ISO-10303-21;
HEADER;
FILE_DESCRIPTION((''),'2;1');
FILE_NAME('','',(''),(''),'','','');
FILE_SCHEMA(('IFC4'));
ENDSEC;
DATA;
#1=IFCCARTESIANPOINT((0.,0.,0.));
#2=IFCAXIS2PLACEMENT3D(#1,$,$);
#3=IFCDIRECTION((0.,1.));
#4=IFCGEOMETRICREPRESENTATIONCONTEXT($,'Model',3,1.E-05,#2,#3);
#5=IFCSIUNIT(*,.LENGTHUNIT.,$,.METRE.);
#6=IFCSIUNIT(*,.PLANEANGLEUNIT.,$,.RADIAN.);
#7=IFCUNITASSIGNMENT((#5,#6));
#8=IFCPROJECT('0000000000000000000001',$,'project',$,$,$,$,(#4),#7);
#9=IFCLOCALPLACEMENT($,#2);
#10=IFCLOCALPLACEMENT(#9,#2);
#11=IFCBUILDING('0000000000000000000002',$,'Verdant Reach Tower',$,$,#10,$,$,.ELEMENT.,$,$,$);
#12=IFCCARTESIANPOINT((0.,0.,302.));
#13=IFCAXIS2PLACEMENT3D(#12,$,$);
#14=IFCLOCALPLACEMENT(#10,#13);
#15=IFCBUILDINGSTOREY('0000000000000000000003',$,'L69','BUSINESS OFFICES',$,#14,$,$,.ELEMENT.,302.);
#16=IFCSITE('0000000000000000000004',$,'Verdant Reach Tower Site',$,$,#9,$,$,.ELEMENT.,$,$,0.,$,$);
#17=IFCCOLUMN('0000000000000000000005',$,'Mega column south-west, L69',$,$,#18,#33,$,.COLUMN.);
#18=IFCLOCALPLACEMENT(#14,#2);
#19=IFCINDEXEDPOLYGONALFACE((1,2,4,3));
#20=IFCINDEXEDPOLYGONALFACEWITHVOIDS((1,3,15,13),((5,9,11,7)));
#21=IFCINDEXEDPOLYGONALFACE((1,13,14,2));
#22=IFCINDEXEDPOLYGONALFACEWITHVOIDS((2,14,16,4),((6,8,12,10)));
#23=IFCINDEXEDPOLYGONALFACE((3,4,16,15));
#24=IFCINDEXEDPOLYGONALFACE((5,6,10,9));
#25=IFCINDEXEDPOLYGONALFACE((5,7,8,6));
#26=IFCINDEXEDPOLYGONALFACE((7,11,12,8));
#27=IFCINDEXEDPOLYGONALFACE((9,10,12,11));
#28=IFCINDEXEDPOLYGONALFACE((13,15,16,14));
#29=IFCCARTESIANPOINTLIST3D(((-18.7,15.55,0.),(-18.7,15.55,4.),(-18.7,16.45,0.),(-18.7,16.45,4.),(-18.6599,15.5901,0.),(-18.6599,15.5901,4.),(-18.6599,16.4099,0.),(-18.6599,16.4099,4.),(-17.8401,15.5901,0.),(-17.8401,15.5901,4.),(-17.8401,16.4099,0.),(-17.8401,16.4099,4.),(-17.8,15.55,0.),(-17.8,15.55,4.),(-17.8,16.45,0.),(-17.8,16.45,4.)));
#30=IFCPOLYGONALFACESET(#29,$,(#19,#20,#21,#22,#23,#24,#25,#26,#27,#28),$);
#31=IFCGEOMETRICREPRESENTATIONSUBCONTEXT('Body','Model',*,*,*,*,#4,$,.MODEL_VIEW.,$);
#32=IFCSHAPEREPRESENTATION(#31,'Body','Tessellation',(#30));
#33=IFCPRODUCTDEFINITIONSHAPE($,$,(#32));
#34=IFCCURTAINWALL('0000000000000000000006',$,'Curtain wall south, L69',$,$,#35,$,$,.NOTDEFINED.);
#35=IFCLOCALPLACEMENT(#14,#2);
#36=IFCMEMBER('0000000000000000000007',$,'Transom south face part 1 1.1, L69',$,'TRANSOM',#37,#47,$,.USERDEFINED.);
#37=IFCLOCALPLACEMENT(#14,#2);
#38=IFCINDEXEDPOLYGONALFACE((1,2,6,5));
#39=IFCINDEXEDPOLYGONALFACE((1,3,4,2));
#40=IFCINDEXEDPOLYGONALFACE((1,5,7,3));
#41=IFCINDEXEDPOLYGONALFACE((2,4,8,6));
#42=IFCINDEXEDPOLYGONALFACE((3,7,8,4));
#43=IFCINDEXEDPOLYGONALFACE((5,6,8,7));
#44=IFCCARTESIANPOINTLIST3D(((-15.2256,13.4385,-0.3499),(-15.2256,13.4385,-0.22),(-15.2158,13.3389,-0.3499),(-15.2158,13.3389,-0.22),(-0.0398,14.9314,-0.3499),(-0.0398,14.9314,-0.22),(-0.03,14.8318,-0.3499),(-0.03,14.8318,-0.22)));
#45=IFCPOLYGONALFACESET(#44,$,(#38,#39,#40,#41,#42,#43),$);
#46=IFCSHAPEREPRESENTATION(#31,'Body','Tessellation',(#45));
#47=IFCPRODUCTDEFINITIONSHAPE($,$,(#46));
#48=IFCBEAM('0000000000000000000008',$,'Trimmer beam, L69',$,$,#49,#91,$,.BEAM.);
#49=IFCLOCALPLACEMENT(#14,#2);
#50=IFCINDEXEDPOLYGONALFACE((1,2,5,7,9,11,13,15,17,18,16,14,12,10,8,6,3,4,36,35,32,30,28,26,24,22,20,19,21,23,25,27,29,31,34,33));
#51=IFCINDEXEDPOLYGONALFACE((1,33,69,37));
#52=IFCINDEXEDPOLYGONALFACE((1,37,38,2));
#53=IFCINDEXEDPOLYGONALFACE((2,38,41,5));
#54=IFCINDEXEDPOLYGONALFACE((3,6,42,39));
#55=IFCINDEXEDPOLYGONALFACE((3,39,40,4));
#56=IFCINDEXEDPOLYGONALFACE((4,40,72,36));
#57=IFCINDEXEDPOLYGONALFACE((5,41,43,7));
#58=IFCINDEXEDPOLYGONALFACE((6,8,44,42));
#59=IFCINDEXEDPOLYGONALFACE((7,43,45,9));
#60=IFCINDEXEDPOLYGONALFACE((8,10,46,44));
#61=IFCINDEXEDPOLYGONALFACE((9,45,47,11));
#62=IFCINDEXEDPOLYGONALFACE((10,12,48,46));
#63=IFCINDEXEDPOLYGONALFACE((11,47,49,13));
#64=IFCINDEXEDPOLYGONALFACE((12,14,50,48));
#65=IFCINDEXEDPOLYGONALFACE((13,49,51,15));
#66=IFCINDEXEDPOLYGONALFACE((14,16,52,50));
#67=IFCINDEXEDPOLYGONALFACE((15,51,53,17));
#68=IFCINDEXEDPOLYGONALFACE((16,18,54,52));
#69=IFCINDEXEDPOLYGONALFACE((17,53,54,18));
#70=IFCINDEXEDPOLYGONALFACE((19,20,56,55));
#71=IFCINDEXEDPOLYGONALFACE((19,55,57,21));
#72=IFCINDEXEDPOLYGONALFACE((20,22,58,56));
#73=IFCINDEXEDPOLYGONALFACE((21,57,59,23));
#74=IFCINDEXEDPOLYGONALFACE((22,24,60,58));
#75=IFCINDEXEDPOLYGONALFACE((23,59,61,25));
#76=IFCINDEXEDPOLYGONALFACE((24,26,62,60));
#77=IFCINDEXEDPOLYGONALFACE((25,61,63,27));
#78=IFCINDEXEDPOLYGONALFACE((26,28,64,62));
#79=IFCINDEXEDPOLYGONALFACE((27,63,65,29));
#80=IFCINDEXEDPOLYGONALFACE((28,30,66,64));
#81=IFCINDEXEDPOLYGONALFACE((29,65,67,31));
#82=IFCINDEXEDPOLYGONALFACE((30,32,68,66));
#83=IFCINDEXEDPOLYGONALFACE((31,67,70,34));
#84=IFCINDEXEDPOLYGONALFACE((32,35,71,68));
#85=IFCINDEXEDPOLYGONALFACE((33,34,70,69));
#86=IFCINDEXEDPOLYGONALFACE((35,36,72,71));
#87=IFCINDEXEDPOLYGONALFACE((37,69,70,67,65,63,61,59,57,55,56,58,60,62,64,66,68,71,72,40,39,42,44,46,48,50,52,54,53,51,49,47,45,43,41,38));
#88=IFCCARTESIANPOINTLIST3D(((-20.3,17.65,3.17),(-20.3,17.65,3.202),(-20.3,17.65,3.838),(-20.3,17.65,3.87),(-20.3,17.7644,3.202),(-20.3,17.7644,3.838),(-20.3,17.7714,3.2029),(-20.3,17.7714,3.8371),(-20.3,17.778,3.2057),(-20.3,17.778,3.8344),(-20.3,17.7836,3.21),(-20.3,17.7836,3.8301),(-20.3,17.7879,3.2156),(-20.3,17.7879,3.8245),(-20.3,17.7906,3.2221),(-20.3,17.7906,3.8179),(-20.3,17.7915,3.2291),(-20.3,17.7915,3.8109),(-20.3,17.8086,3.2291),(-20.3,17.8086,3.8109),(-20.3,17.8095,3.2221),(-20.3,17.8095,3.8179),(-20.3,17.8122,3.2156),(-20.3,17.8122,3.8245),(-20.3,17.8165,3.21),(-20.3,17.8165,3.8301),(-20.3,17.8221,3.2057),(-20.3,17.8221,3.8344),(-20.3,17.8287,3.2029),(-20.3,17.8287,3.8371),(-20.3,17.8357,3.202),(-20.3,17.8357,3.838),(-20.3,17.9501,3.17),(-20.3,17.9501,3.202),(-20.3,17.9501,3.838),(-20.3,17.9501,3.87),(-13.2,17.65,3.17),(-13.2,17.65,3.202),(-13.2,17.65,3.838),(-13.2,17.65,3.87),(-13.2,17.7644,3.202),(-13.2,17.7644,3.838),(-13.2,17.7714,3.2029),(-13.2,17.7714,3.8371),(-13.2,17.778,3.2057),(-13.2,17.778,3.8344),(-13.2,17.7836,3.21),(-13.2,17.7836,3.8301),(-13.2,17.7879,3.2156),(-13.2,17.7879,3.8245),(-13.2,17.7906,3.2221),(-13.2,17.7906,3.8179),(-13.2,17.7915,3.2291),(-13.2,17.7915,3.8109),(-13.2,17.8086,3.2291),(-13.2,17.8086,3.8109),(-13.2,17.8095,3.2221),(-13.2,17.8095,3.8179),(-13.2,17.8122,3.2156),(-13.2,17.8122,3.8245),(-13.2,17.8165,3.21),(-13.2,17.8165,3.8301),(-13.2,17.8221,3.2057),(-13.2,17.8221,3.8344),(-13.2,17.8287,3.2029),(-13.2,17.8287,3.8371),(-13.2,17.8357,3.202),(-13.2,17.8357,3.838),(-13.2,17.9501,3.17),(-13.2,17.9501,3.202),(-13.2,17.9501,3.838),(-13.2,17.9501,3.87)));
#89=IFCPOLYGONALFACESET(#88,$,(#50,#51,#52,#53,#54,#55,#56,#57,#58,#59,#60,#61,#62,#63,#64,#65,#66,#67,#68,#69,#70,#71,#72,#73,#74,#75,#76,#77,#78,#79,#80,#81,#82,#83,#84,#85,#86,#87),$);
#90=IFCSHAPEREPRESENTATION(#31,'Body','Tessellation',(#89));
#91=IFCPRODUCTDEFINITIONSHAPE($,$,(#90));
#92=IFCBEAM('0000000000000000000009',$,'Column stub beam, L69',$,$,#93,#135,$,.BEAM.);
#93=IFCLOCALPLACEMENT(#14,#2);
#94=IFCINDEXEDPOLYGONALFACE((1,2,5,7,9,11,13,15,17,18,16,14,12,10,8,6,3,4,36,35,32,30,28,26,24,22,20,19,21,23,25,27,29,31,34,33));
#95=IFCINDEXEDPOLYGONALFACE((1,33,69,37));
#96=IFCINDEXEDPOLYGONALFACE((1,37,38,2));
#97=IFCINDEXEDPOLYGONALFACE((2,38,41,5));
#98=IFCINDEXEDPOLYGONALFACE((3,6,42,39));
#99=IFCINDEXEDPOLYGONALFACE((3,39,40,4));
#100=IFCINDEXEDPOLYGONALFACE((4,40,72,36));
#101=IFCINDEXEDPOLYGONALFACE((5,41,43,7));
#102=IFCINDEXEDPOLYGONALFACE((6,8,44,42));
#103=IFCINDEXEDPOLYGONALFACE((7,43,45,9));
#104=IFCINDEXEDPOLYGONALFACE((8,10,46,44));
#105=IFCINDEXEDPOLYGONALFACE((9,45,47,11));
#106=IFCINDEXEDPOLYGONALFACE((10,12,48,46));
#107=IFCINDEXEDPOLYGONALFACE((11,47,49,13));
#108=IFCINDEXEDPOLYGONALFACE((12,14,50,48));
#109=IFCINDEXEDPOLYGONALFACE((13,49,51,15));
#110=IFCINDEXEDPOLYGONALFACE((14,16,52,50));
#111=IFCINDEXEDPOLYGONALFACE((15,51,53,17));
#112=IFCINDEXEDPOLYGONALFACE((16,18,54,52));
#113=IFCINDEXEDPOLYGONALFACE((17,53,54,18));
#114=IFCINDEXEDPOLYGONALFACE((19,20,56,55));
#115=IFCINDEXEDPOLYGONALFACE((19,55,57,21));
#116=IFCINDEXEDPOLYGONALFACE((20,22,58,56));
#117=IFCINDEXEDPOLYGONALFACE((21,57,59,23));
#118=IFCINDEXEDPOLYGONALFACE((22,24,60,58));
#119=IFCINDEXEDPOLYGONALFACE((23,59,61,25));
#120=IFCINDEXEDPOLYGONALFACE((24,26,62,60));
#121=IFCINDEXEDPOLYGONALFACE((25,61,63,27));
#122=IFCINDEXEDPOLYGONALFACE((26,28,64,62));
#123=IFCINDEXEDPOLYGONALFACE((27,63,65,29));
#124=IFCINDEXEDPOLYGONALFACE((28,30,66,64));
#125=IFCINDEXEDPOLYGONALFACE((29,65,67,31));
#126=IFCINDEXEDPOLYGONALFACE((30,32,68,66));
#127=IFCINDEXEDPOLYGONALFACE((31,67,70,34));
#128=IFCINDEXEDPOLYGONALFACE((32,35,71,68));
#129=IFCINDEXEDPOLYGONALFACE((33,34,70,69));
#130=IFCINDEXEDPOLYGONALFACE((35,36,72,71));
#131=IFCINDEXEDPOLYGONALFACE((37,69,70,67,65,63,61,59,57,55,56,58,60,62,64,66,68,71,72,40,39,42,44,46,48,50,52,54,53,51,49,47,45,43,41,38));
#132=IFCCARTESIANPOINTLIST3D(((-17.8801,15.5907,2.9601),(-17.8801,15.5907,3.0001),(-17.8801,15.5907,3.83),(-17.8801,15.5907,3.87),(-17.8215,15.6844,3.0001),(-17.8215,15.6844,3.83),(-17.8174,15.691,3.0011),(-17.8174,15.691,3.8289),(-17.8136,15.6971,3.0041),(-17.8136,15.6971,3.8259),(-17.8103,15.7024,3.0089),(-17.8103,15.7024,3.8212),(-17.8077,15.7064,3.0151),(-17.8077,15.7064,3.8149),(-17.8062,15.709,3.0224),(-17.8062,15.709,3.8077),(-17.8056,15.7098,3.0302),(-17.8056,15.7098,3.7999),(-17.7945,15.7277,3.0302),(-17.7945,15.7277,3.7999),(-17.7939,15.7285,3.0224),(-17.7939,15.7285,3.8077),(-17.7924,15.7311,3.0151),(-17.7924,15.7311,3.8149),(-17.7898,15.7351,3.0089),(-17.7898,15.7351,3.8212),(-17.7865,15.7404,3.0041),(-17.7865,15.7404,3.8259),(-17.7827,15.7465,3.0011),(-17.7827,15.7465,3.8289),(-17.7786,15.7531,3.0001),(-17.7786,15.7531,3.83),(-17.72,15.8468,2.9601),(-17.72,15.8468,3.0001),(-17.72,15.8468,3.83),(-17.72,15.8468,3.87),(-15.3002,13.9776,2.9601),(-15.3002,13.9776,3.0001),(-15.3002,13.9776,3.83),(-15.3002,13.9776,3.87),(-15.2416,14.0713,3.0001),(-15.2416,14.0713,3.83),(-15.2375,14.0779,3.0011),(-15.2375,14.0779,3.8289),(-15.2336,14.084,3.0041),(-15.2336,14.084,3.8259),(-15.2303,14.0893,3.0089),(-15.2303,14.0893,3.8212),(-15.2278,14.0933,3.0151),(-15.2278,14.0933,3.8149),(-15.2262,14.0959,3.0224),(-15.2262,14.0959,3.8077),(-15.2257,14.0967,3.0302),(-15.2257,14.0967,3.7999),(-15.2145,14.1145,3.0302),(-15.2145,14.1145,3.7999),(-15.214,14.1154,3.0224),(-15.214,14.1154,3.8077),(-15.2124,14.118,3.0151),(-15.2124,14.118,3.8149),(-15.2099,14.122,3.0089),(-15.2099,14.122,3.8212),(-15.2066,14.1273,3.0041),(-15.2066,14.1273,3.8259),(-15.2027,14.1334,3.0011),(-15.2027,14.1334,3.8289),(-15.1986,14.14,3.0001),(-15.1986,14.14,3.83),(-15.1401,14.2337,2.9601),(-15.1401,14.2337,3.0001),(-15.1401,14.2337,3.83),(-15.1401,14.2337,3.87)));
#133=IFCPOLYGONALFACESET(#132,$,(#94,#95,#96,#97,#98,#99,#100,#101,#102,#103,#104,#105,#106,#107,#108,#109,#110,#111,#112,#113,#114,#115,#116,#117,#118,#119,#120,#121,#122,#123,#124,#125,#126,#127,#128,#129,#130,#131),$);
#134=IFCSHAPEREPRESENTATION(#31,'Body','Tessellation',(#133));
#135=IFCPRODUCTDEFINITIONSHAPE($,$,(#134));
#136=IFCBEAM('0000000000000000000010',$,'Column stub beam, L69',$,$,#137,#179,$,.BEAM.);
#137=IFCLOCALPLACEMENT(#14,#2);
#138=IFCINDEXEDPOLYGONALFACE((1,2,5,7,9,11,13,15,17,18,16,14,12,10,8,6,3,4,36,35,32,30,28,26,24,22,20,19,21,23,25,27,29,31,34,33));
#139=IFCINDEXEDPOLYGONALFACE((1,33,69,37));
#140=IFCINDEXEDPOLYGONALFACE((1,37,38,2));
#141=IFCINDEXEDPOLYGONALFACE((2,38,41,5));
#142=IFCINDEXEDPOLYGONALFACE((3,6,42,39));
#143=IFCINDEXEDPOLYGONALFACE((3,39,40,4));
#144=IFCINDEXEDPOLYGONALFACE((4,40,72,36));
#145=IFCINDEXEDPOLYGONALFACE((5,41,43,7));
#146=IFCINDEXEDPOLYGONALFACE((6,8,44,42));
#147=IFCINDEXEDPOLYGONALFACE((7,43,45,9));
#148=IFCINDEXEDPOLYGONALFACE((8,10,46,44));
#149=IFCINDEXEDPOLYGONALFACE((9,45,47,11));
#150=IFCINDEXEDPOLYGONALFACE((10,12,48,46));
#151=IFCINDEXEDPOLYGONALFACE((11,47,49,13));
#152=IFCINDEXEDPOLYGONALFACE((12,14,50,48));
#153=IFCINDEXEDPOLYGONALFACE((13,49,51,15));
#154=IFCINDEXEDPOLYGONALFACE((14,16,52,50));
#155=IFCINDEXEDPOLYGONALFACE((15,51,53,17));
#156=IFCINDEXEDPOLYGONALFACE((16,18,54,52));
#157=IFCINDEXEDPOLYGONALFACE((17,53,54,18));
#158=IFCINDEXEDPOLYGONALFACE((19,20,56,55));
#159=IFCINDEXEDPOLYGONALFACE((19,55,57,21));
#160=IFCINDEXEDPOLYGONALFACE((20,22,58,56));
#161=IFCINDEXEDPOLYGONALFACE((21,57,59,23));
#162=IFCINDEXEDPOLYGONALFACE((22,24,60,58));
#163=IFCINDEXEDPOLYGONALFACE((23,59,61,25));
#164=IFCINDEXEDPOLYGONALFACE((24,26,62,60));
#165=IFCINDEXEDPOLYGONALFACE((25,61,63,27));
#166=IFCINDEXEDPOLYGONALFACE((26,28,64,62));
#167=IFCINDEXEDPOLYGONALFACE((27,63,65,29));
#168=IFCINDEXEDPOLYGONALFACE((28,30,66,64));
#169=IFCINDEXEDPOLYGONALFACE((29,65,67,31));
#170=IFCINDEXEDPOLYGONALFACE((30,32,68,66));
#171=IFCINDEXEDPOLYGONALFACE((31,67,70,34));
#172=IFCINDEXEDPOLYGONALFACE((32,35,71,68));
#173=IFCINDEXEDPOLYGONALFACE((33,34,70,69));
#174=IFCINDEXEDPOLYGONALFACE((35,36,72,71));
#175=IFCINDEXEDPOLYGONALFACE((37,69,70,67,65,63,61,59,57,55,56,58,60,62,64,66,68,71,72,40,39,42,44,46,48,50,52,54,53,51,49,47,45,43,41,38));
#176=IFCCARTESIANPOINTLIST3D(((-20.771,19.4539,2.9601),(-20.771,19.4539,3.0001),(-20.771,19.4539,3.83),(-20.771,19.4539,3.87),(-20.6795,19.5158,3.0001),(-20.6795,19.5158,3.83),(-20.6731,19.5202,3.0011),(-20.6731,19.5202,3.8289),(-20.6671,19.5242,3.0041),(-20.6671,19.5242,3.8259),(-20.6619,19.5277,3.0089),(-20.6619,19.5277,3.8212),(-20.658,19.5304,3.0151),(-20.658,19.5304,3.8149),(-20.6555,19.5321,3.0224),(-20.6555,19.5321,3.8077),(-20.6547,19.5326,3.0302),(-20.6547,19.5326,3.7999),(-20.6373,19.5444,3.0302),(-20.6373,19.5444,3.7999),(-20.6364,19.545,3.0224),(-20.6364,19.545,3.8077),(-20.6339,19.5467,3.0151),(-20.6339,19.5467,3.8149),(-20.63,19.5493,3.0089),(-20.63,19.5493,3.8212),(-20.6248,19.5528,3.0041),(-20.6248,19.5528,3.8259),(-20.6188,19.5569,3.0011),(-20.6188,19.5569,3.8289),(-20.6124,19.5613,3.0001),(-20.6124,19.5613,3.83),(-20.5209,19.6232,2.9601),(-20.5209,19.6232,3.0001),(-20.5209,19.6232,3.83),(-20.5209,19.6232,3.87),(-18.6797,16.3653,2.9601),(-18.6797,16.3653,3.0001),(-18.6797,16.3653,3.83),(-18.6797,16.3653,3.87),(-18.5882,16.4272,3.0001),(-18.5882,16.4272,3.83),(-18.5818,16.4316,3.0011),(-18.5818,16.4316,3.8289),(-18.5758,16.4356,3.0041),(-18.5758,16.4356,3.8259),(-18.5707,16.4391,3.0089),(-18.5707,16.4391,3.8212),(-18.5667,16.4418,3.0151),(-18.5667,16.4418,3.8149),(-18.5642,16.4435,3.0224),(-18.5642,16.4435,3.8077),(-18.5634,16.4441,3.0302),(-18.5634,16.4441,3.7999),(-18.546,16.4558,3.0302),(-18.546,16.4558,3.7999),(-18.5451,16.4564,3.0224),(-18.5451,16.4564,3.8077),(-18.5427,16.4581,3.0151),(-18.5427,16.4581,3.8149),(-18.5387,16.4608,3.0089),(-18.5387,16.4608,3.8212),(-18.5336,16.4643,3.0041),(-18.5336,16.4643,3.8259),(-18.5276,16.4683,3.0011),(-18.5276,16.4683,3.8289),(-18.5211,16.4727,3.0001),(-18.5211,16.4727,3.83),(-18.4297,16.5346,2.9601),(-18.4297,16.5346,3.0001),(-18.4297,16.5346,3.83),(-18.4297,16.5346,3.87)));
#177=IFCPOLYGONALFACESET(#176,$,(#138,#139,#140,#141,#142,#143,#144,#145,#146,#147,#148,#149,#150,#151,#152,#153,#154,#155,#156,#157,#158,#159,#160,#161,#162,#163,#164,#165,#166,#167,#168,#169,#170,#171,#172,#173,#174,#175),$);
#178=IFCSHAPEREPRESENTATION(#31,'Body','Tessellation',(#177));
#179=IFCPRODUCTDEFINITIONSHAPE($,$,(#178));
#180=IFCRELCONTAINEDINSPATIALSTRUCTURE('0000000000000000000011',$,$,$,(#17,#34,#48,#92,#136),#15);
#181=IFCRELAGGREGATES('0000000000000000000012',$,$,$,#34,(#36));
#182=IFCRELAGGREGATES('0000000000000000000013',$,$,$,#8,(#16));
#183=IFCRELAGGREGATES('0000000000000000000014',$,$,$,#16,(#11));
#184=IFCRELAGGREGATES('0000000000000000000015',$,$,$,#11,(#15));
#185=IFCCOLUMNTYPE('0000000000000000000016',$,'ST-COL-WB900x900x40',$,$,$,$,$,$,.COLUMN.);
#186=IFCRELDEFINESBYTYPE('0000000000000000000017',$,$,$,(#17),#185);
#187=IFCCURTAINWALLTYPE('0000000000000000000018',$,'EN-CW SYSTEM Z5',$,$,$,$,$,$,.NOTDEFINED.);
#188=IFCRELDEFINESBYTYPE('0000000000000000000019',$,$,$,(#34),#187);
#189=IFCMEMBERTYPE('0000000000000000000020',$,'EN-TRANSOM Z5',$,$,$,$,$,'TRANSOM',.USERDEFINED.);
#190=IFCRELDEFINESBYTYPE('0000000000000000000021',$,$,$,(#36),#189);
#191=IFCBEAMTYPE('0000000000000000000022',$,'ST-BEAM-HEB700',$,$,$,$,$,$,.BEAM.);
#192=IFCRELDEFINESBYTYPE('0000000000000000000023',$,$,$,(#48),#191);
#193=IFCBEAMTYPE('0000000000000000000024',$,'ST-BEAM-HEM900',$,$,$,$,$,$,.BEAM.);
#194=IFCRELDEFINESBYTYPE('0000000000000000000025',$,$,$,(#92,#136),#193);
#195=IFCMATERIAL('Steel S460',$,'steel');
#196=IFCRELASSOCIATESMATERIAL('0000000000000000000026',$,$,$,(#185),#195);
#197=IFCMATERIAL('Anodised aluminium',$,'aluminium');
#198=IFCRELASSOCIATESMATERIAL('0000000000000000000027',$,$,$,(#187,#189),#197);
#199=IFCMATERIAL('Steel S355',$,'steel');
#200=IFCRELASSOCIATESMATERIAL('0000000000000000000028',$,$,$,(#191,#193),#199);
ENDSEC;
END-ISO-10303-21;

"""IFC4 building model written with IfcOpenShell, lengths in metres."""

from ifc_helpers import new_model, si_unit, direction, frame, origin, origin_2d, place, context, subcontext, project, spatial, rectangle, hollow_rectangle, i_section, extrude, material, material_profile, profile_set, type_object, element, aggregate, save


model = new_model("IFC4")

# Units and contexts
model_context = context("Model", 3, precision=1e-05, world=origin(), true_north=direction((0.0, 1.0)))
body_context = subcontext(model_context, "Body", "Model", "MODEL_VIEW")
ifc_project = project(units=[si_unit("LENGTHUNIT", "METRE"), si_unit("PLANEANGLEUNIT", "RADIAN")], contexts=[model_context])

# Site, building, storey
site_placement = place(None, origin())
site = spatial("IfcSite", under=ifc_project, at=site_placement, Name="Verdant Reach Tower Site", CompositionType="ELEMENT", RefElevation=0.0)
building_placement = place(site_placement, origin())
building = spatial("IfcBuilding", under=site, at=building_placement, Name="Verdant Reach Tower", CompositionType="ELEMENT")
storey_placement = place(building_placement, frame((0.0, 0.0, 302.0)))
storey = spatial("IfcBuildingStorey", under=building, at=storey_placement, Name="L69", Description="BUSINESS OFFICES", CompositionType="ELEMENT", Elevation=302.0)

# Column
ifc_material_1 = material(Name="Steel S460", Category="steel")
ifc_material_profile_1 = material_profile(ifc_material_1, hollow_rectangle(XDim=0.8999, YDim=0.8999, WallThickness=0.04, at=origin_2d()), Name="WB 900x900x40")
ifc_profile_set_1 = profile_set([ifc_material_profile_1], Name="Steel S460")
column_type = type_object("IfcColumnType", Name="ST-COL-WB900x900x40", PredefinedType="COLUMN", material=ifc_profile_set_1)
column_placement = place(storey_placement, frame((-18.25, 16.0, 0.0), z_axis=(0.0, 0.0, 1.0), x_axis=(1.0, 0.0, 0.0)))
element("IfcColumn", 1, at=column_placement, inside=storey, type_object=column_type, Name="Mega column south-west, L69", PredefinedType="COLUMN", context=body_context, shape_type="SweptSolid", body=[
    extrude(hollow_rectangle(XDim=0.8999, YDim=0.8999, WallThickness=0.04, at=origin_2d()), origin(), (0.0, 0.0, 1.0), 4.0),
])

# Curtain wall, member
ifc_material_2 = material(Name="Anodised aluminium", Category="aluminium")
curtain_wall_type = type_object("IfcCurtainWallType", Name="EN-CW SYSTEM Z5", PredefinedType="NOTDEFINED", material=ifc_material_2)
curtain_wall_1_placement = place(storey_placement, origin())
curtain_wall_1 = element("IfcCurtainWall", 2, at=curtain_wall_1_placement, inside=storey, type_object=curtain_wall_type, Name="Curtain wall south, L69", PredefinedType="NOTDEFINED")
ifc_material_profile_2 = material_profile(ifc_material_2, rectangle(XDim=0.1001, YDim=0.1299, at=origin_2d()), Name="Transom 130x100")
ifc_profile_set_2 = profile_set([ifc_material_profile_2], Name="Anodised aluminium")
member_type = type_object("IfcMemberType", Name="EN-TRANSOM Z5", ElementType="TRANSOM", PredefinedType="USERDEFINED", material=ifc_profile_set_2)
member_placement = place(storey_placement, frame((-15.2207, 13.3887, -0.2849), z_axis=(0.995202, 0.097839, 0.0), x_axis=(-0.097839, 0.995202, 0.0)))
member = element("IfcMember", 3, at=member_placement, type_object=member_type, Name="Transom south face part 1 1.1, L69", ObjectType="TRANSOM", PredefinedType="USERDEFINED", context=body_context, shape_type="SweptSolid", body=[
    extrude(rectangle(XDim=0.1001, YDim=0.1299, at=origin_2d()), origin(), (0.0, 0.0, 1.0), 15.259),
])

# Beams
ifc_material_3 = material(Name="Steel S355", Category="steel")
ifc_material_profile_3 = material_profile(ifc_material_3, i_section(OverallWidth=0.3, OverallDepth=0.7, WebThickness=0.0171, FlangeThickness=0.032, FilletRadius=0.0271, at=origin_2d()), Name="HEB 700")
ifc_profile_set_3 = profile_set([ifc_material_profile_3], Name="Steel S355")
beam_type_1 = type_object("IfcBeamType", Name="ST-BEAM-HEB700", PredefinedType="BEAM", material=ifc_profile_set_3)
beam_1_placement = place(storey_placement, frame((-13.2, 17.8, 3.52), z_axis=(-1.0, 0.0, 0.0), x_axis=(0.0, -1.0, 0.0)))
element("IfcBeam", 4, at=beam_1_placement, inside=storey, type_object=beam_type_1, Name="Trimmer beam, L69", PredefinedType="BEAM", context=body_context, shape_type="SweptSolid", body=[
    extrude(i_section(OverallWidth=0.3, OverallDepth=0.7, WebThickness=0.0171, FlangeThickness=0.032, FilletRadius=0.0271, at=origin_2d()), origin(), (0.0, 0.0, 1.0), 7.1001),
])
ifc_material_profile_4 = material_profile(ifc_material_3, i_section(OverallWidth=0.302, OverallDepth=0.9099, WebThickness=0.021, FlangeThickness=0.04, FilletRadius=0.03, at=origin_2d()), Name="HEM 900")
ifc_profile_set_4 = profile_set([ifc_material_profile_4], Name="Steel S355")
beam_type_2 = type_object("IfcBeamType", Name="ST-BEAM-HEM900", PredefinedType="BEAM", material=ifc_profile_set_4)
beam_2_placement = place(storey_placement, frame((-17.8, 15.7188, 3.415), z_axis=(0.847904, -0.53015, 0.0), x_axis=(0.53015, 0.847904, 0.0)))
element("IfcBeam", 5, at=beam_2_placement, inside=storey, type_object=beam_type_2, Name="Column stub beam, L69", PredefinedType="BEAM", context=body_context, shape_type="SweptSolid", body=[
    extrude(i_section(OverallWidth=0.302, OverallDepth=0.9099, WebThickness=0.021, FlangeThickness=0.04, FilletRadius=0.03, at=origin_2d()), origin(), (0.0, 0.0, 1.0), 3.0427),
])
beam_3_placement = place(storey_placement, frame((-18.5547, 16.45, 3.415), z_axis=(-0.560667, 0.828041, 0.0), x_axis=(-0.828041, -0.560667, 0.0)))
element("IfcBeam", 6, at=beam_3_placement, inside=storey, type_object=beam_type_2, Name="Column stub beam, L69", PredefinedType="BEAM", context=body_context, shape_type="SweptSolid", body=[
    extrude(i_section(OverallWidth=0.302, OverallDepth=0.9099, WebThickness=0.021, FlangeThickness=0.04, FilletRadius=0.03, at=origin_2d()), origin(), (0.0, 0.0, 1.0), 3.73),
])

aggregate(curtain_wall_1, [member])

save(model, "model.ifc")
